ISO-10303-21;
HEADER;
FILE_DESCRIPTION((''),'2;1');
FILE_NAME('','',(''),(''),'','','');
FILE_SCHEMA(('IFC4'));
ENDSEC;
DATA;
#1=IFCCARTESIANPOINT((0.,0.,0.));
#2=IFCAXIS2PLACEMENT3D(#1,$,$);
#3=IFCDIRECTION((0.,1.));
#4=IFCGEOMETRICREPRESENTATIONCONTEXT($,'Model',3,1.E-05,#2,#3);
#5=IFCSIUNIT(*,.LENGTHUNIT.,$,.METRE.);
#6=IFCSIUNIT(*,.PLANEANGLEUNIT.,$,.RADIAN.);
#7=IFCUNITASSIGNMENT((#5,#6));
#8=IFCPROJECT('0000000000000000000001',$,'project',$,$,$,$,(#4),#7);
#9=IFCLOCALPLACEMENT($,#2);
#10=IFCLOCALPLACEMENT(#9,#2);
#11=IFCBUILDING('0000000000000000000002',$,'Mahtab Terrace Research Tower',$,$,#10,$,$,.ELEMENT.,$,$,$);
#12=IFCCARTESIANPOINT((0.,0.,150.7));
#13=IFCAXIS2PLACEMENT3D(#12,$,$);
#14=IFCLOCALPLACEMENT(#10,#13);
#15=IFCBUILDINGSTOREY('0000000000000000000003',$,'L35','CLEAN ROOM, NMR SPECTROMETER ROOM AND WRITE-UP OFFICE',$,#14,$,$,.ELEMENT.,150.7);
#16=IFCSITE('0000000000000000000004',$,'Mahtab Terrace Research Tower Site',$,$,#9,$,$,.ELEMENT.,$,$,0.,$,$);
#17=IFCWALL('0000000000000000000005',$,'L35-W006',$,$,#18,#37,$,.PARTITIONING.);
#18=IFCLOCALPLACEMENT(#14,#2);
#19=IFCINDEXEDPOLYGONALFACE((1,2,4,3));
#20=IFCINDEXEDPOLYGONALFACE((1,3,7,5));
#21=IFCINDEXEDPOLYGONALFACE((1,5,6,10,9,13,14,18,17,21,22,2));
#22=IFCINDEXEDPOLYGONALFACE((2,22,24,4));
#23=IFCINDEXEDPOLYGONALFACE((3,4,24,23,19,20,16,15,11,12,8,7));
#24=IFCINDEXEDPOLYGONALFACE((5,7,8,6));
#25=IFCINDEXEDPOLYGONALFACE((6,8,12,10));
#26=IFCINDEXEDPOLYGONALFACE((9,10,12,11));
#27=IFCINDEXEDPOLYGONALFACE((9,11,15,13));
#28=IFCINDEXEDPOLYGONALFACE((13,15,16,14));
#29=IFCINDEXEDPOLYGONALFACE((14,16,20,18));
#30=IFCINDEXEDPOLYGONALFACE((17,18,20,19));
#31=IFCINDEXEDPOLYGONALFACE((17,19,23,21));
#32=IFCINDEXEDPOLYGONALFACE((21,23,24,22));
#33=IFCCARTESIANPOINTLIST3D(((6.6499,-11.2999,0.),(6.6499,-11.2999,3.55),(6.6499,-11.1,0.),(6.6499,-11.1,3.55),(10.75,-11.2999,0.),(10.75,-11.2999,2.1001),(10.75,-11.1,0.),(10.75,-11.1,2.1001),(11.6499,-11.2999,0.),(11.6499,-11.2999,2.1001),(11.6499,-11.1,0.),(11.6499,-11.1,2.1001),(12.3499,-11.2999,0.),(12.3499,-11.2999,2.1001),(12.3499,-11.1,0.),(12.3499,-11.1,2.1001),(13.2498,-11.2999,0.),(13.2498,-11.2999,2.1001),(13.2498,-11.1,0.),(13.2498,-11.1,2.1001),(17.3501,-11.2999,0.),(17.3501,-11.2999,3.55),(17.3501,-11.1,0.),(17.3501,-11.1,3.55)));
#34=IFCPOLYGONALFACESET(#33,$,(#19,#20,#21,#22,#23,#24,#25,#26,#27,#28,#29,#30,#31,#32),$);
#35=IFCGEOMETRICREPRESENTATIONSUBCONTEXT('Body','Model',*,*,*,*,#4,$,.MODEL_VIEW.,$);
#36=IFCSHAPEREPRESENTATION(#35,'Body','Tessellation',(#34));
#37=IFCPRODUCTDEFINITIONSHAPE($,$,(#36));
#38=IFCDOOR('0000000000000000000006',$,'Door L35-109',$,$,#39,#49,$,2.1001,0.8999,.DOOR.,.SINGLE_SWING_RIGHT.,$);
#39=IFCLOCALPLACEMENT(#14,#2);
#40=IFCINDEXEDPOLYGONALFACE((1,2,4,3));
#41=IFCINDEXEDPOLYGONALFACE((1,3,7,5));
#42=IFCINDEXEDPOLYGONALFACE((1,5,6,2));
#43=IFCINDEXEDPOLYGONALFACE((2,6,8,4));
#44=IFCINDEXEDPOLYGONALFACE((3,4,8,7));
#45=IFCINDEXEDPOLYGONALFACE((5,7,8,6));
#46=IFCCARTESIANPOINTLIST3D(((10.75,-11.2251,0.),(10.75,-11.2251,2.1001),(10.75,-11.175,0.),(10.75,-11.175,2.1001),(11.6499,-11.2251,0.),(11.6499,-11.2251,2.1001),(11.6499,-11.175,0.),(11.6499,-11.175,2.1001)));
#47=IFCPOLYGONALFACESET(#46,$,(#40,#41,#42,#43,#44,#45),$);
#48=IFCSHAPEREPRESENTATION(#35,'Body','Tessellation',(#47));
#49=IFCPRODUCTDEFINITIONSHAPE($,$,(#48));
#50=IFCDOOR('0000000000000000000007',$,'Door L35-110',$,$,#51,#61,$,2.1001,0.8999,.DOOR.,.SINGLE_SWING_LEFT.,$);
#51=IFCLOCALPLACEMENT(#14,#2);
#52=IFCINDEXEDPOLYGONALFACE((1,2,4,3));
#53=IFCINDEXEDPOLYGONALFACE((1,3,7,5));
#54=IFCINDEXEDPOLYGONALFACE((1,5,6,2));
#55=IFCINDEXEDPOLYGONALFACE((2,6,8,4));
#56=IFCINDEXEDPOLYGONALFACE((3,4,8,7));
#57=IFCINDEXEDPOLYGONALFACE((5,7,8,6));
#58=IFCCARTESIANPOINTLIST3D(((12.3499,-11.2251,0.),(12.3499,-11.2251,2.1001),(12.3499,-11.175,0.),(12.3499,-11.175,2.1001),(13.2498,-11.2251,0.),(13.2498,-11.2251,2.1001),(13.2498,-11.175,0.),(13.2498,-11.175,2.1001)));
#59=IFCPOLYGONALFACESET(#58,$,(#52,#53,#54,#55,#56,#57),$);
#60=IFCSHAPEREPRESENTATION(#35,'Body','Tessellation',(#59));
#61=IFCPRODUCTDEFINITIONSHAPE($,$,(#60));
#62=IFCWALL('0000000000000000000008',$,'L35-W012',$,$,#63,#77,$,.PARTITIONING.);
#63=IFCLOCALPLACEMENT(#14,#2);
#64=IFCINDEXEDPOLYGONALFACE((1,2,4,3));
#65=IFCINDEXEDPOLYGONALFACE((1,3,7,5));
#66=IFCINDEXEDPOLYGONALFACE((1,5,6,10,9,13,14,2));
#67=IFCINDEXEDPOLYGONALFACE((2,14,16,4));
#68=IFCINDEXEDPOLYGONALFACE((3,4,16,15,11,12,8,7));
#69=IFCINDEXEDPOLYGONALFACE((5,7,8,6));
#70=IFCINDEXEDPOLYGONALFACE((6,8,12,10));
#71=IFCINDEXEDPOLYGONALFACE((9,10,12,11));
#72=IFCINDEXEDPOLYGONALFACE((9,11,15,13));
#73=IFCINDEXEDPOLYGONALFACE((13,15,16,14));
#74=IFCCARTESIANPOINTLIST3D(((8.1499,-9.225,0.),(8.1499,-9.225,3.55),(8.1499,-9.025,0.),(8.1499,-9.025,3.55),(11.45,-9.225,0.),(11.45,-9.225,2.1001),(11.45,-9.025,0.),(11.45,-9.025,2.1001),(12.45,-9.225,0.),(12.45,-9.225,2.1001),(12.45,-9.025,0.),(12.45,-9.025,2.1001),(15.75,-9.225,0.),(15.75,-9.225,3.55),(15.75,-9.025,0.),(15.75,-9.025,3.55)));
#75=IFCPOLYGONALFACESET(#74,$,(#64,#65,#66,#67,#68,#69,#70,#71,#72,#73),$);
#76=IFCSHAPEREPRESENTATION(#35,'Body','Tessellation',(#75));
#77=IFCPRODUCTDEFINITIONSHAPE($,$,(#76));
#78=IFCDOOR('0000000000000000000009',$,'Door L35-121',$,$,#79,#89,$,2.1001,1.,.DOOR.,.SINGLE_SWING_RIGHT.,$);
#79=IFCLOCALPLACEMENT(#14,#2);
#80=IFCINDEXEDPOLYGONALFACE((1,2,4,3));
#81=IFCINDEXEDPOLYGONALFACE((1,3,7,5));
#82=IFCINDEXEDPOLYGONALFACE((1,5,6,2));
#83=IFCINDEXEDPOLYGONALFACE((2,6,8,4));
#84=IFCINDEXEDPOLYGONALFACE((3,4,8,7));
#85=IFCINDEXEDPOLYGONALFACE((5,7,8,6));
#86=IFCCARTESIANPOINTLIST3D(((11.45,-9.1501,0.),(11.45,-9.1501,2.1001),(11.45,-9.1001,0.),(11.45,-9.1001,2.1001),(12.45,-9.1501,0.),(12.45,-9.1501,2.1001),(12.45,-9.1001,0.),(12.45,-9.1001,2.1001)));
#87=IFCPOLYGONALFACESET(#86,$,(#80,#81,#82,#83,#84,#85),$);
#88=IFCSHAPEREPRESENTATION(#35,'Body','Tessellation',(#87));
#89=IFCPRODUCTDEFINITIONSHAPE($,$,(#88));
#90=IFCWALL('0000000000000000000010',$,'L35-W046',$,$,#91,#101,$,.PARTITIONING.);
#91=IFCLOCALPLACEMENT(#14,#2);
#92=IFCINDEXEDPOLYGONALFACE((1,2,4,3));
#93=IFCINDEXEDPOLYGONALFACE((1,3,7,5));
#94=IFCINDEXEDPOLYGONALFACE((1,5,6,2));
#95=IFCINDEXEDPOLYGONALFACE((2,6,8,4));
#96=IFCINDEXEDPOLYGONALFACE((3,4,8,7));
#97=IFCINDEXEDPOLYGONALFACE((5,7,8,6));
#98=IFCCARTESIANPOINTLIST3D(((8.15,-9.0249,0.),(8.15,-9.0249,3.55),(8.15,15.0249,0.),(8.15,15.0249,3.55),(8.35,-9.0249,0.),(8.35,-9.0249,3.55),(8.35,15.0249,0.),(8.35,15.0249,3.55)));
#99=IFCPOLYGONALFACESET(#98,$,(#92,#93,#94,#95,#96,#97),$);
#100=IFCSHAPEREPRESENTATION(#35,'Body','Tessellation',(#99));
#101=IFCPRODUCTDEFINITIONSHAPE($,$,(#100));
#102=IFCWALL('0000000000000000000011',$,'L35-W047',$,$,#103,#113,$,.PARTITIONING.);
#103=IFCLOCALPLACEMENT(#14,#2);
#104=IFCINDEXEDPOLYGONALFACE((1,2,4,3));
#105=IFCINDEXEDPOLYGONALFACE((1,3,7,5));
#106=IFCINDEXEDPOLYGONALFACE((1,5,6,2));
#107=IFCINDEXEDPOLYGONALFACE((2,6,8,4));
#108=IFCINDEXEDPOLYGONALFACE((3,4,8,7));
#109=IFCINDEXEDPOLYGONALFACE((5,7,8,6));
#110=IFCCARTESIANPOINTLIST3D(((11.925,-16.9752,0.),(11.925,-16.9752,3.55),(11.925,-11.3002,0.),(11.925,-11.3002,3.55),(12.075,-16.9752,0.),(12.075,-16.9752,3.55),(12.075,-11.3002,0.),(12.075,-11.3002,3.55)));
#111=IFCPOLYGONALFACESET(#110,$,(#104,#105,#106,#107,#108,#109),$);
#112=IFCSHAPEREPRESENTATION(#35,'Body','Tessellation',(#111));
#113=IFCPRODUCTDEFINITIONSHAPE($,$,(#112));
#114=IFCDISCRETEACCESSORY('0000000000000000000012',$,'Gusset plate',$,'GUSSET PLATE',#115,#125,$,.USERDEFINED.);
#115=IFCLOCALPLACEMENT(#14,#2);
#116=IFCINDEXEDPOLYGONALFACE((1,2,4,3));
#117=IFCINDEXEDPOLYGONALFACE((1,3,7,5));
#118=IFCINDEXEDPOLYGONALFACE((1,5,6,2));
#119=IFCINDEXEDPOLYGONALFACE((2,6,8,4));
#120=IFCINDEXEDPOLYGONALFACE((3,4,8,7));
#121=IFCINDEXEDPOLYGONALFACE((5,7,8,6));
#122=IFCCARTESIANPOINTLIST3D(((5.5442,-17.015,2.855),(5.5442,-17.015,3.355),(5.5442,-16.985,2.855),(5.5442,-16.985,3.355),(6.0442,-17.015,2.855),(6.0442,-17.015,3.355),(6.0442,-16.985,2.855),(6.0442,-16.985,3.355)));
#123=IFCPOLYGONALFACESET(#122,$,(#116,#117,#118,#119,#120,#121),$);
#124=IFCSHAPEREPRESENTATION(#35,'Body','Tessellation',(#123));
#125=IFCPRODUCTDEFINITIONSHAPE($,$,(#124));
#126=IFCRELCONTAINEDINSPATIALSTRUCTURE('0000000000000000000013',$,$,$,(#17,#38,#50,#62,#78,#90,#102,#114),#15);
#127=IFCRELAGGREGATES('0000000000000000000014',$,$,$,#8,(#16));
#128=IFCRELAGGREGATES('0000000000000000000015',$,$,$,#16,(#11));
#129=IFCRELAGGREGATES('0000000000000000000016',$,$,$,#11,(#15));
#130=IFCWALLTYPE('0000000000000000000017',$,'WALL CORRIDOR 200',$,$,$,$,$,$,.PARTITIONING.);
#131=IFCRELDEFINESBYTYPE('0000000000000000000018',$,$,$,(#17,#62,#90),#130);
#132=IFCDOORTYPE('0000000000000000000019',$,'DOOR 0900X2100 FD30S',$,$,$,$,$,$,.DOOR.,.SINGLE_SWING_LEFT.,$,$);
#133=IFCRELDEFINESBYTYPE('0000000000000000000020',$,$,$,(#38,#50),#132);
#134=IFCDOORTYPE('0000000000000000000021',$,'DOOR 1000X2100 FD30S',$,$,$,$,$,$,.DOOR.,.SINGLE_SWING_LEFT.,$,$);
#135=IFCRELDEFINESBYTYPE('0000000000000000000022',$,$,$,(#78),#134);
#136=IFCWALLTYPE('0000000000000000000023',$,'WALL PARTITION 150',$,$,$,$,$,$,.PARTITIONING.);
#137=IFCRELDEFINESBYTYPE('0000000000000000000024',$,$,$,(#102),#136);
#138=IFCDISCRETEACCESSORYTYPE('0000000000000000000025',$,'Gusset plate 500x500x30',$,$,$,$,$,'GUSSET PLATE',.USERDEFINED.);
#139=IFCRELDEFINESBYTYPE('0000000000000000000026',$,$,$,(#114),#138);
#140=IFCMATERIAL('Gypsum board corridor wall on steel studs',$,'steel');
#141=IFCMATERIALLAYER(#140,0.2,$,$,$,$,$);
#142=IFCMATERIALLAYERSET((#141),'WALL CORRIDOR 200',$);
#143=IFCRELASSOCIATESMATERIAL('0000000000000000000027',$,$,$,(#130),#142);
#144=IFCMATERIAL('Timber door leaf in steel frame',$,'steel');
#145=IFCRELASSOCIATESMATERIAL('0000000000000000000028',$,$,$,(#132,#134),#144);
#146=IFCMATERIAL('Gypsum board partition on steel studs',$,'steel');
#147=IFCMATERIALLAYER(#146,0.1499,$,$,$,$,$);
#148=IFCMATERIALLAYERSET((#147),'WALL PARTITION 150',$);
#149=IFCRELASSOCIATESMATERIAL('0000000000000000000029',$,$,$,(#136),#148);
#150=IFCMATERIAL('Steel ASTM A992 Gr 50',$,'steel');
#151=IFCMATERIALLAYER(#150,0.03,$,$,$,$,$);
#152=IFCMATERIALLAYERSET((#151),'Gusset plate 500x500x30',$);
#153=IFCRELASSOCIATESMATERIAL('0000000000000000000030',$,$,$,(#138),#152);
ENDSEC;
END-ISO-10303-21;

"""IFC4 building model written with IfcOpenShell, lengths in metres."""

from ifc_helpers import new_model, si_unit, direction, frame, frame_2d, origin, origin_2d, place, context, subcontext, project, spatial, rectangle, extrude, material, layer, layer_set, type_object, element, fill, save


model = new_model("IFC4")

# Units and contexts
model_context = context("Model", 3, precision=1e-05, world=origin(), true_north=direction((0.0, 1.0)))
body_context = subcontext(model_context, "Body", "Model", "MODEL_VIEW")
ifc_project = project(units=[si_unit("LENGTHUNIT", "METRE"), si_unit("PLANEANGLEUNIT", "RADIAN")], contexts=[model_context])

# Site, building, storey
site_placement = place(None, origin())
site = spatial("IfcSite", under=ifc_project, at=site_placement, Name="Mahtab Terrace Research Tower Site", CompositionType="ELEMENT", RefElevation=0.0)
building_placement = place(site_placement, origin())
building = spatial("IfcBuilding", under=site, at=building_placement, Name="Mahtab Terrace Research Tower", CompositionType="ELEMENT")
storey_placement = place(building_placement, frame((0.0, 0.0, 150.7)))
storey = spatial("IfcBuildingStorey", under=building, at=storey_placement, Name="L35", Description="CLEAN ROOM, NMR SPECTROMETER ROOM AND WRITE-UP OFFICE", CompositionType="ELEMENT", Elevation=150.7)

# Shared definitions
ifc_material_1 = material(Name="Steel ASTM A992 Gr 50", Category="steel")

# Wall, openings, doors
ifc_material_2 = material(Name="Gypsum board corridor wall on steel studs", Category="steel")
ifc_layer_1 = layer(ifc_material_2, 0.2)
ifc_layer_set_1 = layer_set([ifc_layer_1], Name="WALL CORRIDOR 200")
wall_type_1 = type_object("IfcWallType", Name="WALL CORRIDOR 200", PredefinedType="PARTITIONING", material=ifc_layer_set_1)
wall_1_placement = place(storey_placement, frame((6.6499, -11.2, 0.0), z_axis=(0.0, 0.0, 1.0), x_axis=(1.0, 0.0, 0.0)))
wall_1 = element("IfcWall", 1, at=wall_1_placement, inside=storey, type_object=wall_type_1, Name="L35-W006", PredefinedType="PARTITIONING", context=body_context, shape_type="SweptSolid", body=[
    extrude(rectangle(XDim=10.7002, YDim=0.2, at=frame_2d((5.3501, 0.0))), origin(), (0.0, 0.0, 1.0), 3.55),
])
opening_1_placement = place(wall_1_placement, frame((4.1001, 0.0, 0.0)))
opening_1 = element("IfcOpeningElement", 2, at=opening_1_placement, cuts=wall_1, PredefinedType="OPENING", context=body_context, shape_type="SweptSolid", body=[
    extrude(rectangle(XDim=0.8999, YDim=2.1001, at=frame_2d((0.45, 1.05))), frame((0.0, 0.1099, 0.0), z_axis=(0.0, -1.0, 0.0), x_axis=(1.0, 0.0, 0.0)), (0.0, 0.0, 1.0), 0.22),
])
opening_2_placement = place(wall_1_placement, frame((5.7, 0.0, 0.0)))
opening_2 = element("IfcOpeningElement", 3, at=opening_2_placement, cuts=wall_1, PredefinedType="OPENING", context=body_context, shape_type="SweptSolid", body=[
    extrude(rectangle(XDim=0.8999, YDim=2.1001, at=frame_2d((0.45, 1.05))), frame((0.0, 0.1099, 0.0), z_axis=(0.0, -1.0, 0.0), x_axis=(1.0, 0.0, 0.0)), (0.0, 0.0, 1.0), 0.22),
])
ifc_material_3 = material(Name="Timber door leaf in steel frame", Category="steel")
door_type_1 = type_object("IfcDoorType", Name="DOOR 0900X2100 FD30S", OperationType="SINGLE_SWING_LEFT", PredefinedType="DOOR", material=ifc_material_3)
door_1_placement = place(opening_1_placement, origin())
door_1 = element("IfcDoor", 4, at=door_1_placement, inside=storey, type_object=door_type_1, Name="Door L35-109", OperationType="SINGLE_SWING_RIGHT", OverallHeight=2.1001, OverallWidth=0.8999, PredefinedType="DOOR", context=body_context, shape_type="SweptSolid", body=[
    extrude(rectangle(XDim=0.8999, YDim=2.1001, at=frame_2d((0.45, 1.05))), frame((0.0, 0.0249, 0.0), z_axis=(0.0, -1.0, 0.0), x_axis=(1.0, 0.0, 0.0)), (0.0, 0.0, 1.0), 0.05),
])
fill(opening_1, door_1)
door_2_placement = place(opening_2_placement, origin())
door_2 = element("IfcDoor", 5, at=door_2_placement, inside=storey, type_object=door_type_1, Name="Door L35-110", OperationType="SINGLE_SWING_LEFT", OverallHeight=2.1001, OverallWidth=0.8999, PredefinedType="DOOR", context=body_context, shape_type="SweptSolid", body=[
    extrude(rectangle(XDim=0.8999, YDim=2.1001, at=frame_2d((0.45, 1.05))), frame((0.0, 0.0249, 0.0), z_axis=(0.0, -1.0, 0.0), x_axis=(1.0, 0.0, 0.0)), (0.0, 0.0, 1.0), 0.05),
])
fill(opening_2, door_2)

# Wall, opening, door
wall_2_placement = place(storey_placement, frame((8.1499, -9.125, 0.0), z_axis=(0.0, 0.0, 1.0), x_axis=(1.0, 0.0, 0.0)))
wall_2 = element("IfcWall", 6, at=wall_2_placement, inside=storey, type_object=wall_type_1, Name="L35-W012", PredefinedType="PARTITIONING", context=body_context, shape_type="SweptSolid", body=[
    extrude(rectangle(XDim=7.6001, YDim=0.2, at=frame_2d((3.8, 0.0))), origin(), (0.0, 0.0, 1.0), 3.55),
])
opening_3_placement = place(wall_2_placement, frame((3.3, 0.0, 0.0)))
opening_3 = element("IfcOpeningElement", 7, at=opening_3_placement, cuts=wall_2, PredefinedType="OPENING", context=body_context, shape_type="SweptSolid", body=[
    extrude(rectangle(XDim=1.0, YDim=2.1001, at=frame_2d((0.5, 1.05))), frame((0.0, 0.1099, 0.0), z_axis=(0.0, -1.0, 0.0), x_axis=(1.0, 0.0, 0.0)), (0.0, 0.0, 1.0), 0.22),
])
door_type_2 = type_object("IfcDoorType", Name="DOOR 1000X2100 FD30S", OperationType="SINGLE_SWING_LEFT", PredefinedType="DOOR", material=ifc_material_3)
door_3_placement = place(opening_3_placement, origin())
door_3 = element("IfcDoor", 8, at=door_3_placement, inside=storey, type_object=door_type_2, Name="Door L35-121", OperationType="SINGLE_SWING_RIGHT", OverallHeight=2.1001, OverallWidth=1.0, PredefinedType="DOOR", context=body_context, shape_type="SweptSolid", body=[
    extrude(rectangle(XDim=1.0, YDim=2.1001, at=frame_2d((0.5, 1.05))), frame((0.0, 0.0249, 0.0), z_axis=(0.0, -1.0, 0.0), x_axis=(1.0, 0.0, 0.0)), (0.0, 0.0, 1.0), 0.05),
])
fill(opening_3, door_3)

# Walls
wall_3_placement = place(storey_placement, frame((8.25, -9.0249, 0.0), z_axis=(0.0, 0.0, 1.0), x_axis=(0.0, 1.0, 0.0)))
element("IfcWall", 9, at=wall_3_placement, inside=storey, type_object=wall_type_1, Name="L35-W046", PredefinedType="PARTITIONING", context=body_context, shape_type="SweptSolid", body=[
    extrude(rectangle(XDim=24.0498, YDim=0.2, at=frame_2d((12.0249, 0.0))), origin(), (0.0, 0.0, 1.0), 3.55),
])
ifc_material_4 = material(Name="Gypsum board partition on steel studs", Category="steel")
ifc_layer_2 = layer(ifc_material_4, 0.1499)
ifc_layer_set_2 = layer_set([ifc_layer_2], Name="WALL PARTITION 150")
wall_type_2 = type_object("IfcWallType", Name="WALL PARTITION 150", PredefinedType="PARTITIONING", material=ifc_layer_set_2)
wall_4_placement = place(storey_placement, frame((12.0, -16.9751, 0.0), z_axis=(0.0, 0.0, 1.0), x_axis=(0.0, 1.0, 0.0)))
element("IfcWall", 10, at=wall_4_placement, inside=storey, type_object=wall_type_2, Name="L35-W047", PredefinedType="PARTITIONING", context=body_context, shape_type="SweptSolid", body=[
    extrude(rectangle(XDim=5.675, YDim=0.1499, at=frame_2d((2.8374, 0.0))), origin(), (0.0, 0.0, 1.0), 3.55),
])

# Discrete accessory
ifc_layer_3 = layer(ifc_material_1, 0.03)
ifc_layer_set_3 = layer_set([ifc_layer_3], Name="Gusset plate 500x500x30")
discrete_accessory_type = type_object("IfcDiscreteAccessoryType", Name="Gusset plate 500x500x30", ElementType="GUSSET PLATE", PredefinedType="USERDEFINED", material=ifc_layer_set_3)
discrete_accessory_placement = place(storey_placement, frame((5.7942, -17.0, 2.855), z_axis=(0.0, 0.0, 1.0), x_axis=(1.0, 0.0, 0.0)))
element("IfcDiscreteAccessory", 11, at=discrete_accessory_placement, inside=storey, type_object=discrete_accessory_type, Name="Gusset plate", ObjectType="GUSSET PLATE", PredefinedType="USERDEFINED", context=body_context, shape_type="SweptSolid", body=[
    extrude(rectangle(XDim=0.5, YDim=0.03, at=origin_2d()), origin(), (0.0, 0.0, 1.0), 0.5),
])

save(model, "model.ifc")
